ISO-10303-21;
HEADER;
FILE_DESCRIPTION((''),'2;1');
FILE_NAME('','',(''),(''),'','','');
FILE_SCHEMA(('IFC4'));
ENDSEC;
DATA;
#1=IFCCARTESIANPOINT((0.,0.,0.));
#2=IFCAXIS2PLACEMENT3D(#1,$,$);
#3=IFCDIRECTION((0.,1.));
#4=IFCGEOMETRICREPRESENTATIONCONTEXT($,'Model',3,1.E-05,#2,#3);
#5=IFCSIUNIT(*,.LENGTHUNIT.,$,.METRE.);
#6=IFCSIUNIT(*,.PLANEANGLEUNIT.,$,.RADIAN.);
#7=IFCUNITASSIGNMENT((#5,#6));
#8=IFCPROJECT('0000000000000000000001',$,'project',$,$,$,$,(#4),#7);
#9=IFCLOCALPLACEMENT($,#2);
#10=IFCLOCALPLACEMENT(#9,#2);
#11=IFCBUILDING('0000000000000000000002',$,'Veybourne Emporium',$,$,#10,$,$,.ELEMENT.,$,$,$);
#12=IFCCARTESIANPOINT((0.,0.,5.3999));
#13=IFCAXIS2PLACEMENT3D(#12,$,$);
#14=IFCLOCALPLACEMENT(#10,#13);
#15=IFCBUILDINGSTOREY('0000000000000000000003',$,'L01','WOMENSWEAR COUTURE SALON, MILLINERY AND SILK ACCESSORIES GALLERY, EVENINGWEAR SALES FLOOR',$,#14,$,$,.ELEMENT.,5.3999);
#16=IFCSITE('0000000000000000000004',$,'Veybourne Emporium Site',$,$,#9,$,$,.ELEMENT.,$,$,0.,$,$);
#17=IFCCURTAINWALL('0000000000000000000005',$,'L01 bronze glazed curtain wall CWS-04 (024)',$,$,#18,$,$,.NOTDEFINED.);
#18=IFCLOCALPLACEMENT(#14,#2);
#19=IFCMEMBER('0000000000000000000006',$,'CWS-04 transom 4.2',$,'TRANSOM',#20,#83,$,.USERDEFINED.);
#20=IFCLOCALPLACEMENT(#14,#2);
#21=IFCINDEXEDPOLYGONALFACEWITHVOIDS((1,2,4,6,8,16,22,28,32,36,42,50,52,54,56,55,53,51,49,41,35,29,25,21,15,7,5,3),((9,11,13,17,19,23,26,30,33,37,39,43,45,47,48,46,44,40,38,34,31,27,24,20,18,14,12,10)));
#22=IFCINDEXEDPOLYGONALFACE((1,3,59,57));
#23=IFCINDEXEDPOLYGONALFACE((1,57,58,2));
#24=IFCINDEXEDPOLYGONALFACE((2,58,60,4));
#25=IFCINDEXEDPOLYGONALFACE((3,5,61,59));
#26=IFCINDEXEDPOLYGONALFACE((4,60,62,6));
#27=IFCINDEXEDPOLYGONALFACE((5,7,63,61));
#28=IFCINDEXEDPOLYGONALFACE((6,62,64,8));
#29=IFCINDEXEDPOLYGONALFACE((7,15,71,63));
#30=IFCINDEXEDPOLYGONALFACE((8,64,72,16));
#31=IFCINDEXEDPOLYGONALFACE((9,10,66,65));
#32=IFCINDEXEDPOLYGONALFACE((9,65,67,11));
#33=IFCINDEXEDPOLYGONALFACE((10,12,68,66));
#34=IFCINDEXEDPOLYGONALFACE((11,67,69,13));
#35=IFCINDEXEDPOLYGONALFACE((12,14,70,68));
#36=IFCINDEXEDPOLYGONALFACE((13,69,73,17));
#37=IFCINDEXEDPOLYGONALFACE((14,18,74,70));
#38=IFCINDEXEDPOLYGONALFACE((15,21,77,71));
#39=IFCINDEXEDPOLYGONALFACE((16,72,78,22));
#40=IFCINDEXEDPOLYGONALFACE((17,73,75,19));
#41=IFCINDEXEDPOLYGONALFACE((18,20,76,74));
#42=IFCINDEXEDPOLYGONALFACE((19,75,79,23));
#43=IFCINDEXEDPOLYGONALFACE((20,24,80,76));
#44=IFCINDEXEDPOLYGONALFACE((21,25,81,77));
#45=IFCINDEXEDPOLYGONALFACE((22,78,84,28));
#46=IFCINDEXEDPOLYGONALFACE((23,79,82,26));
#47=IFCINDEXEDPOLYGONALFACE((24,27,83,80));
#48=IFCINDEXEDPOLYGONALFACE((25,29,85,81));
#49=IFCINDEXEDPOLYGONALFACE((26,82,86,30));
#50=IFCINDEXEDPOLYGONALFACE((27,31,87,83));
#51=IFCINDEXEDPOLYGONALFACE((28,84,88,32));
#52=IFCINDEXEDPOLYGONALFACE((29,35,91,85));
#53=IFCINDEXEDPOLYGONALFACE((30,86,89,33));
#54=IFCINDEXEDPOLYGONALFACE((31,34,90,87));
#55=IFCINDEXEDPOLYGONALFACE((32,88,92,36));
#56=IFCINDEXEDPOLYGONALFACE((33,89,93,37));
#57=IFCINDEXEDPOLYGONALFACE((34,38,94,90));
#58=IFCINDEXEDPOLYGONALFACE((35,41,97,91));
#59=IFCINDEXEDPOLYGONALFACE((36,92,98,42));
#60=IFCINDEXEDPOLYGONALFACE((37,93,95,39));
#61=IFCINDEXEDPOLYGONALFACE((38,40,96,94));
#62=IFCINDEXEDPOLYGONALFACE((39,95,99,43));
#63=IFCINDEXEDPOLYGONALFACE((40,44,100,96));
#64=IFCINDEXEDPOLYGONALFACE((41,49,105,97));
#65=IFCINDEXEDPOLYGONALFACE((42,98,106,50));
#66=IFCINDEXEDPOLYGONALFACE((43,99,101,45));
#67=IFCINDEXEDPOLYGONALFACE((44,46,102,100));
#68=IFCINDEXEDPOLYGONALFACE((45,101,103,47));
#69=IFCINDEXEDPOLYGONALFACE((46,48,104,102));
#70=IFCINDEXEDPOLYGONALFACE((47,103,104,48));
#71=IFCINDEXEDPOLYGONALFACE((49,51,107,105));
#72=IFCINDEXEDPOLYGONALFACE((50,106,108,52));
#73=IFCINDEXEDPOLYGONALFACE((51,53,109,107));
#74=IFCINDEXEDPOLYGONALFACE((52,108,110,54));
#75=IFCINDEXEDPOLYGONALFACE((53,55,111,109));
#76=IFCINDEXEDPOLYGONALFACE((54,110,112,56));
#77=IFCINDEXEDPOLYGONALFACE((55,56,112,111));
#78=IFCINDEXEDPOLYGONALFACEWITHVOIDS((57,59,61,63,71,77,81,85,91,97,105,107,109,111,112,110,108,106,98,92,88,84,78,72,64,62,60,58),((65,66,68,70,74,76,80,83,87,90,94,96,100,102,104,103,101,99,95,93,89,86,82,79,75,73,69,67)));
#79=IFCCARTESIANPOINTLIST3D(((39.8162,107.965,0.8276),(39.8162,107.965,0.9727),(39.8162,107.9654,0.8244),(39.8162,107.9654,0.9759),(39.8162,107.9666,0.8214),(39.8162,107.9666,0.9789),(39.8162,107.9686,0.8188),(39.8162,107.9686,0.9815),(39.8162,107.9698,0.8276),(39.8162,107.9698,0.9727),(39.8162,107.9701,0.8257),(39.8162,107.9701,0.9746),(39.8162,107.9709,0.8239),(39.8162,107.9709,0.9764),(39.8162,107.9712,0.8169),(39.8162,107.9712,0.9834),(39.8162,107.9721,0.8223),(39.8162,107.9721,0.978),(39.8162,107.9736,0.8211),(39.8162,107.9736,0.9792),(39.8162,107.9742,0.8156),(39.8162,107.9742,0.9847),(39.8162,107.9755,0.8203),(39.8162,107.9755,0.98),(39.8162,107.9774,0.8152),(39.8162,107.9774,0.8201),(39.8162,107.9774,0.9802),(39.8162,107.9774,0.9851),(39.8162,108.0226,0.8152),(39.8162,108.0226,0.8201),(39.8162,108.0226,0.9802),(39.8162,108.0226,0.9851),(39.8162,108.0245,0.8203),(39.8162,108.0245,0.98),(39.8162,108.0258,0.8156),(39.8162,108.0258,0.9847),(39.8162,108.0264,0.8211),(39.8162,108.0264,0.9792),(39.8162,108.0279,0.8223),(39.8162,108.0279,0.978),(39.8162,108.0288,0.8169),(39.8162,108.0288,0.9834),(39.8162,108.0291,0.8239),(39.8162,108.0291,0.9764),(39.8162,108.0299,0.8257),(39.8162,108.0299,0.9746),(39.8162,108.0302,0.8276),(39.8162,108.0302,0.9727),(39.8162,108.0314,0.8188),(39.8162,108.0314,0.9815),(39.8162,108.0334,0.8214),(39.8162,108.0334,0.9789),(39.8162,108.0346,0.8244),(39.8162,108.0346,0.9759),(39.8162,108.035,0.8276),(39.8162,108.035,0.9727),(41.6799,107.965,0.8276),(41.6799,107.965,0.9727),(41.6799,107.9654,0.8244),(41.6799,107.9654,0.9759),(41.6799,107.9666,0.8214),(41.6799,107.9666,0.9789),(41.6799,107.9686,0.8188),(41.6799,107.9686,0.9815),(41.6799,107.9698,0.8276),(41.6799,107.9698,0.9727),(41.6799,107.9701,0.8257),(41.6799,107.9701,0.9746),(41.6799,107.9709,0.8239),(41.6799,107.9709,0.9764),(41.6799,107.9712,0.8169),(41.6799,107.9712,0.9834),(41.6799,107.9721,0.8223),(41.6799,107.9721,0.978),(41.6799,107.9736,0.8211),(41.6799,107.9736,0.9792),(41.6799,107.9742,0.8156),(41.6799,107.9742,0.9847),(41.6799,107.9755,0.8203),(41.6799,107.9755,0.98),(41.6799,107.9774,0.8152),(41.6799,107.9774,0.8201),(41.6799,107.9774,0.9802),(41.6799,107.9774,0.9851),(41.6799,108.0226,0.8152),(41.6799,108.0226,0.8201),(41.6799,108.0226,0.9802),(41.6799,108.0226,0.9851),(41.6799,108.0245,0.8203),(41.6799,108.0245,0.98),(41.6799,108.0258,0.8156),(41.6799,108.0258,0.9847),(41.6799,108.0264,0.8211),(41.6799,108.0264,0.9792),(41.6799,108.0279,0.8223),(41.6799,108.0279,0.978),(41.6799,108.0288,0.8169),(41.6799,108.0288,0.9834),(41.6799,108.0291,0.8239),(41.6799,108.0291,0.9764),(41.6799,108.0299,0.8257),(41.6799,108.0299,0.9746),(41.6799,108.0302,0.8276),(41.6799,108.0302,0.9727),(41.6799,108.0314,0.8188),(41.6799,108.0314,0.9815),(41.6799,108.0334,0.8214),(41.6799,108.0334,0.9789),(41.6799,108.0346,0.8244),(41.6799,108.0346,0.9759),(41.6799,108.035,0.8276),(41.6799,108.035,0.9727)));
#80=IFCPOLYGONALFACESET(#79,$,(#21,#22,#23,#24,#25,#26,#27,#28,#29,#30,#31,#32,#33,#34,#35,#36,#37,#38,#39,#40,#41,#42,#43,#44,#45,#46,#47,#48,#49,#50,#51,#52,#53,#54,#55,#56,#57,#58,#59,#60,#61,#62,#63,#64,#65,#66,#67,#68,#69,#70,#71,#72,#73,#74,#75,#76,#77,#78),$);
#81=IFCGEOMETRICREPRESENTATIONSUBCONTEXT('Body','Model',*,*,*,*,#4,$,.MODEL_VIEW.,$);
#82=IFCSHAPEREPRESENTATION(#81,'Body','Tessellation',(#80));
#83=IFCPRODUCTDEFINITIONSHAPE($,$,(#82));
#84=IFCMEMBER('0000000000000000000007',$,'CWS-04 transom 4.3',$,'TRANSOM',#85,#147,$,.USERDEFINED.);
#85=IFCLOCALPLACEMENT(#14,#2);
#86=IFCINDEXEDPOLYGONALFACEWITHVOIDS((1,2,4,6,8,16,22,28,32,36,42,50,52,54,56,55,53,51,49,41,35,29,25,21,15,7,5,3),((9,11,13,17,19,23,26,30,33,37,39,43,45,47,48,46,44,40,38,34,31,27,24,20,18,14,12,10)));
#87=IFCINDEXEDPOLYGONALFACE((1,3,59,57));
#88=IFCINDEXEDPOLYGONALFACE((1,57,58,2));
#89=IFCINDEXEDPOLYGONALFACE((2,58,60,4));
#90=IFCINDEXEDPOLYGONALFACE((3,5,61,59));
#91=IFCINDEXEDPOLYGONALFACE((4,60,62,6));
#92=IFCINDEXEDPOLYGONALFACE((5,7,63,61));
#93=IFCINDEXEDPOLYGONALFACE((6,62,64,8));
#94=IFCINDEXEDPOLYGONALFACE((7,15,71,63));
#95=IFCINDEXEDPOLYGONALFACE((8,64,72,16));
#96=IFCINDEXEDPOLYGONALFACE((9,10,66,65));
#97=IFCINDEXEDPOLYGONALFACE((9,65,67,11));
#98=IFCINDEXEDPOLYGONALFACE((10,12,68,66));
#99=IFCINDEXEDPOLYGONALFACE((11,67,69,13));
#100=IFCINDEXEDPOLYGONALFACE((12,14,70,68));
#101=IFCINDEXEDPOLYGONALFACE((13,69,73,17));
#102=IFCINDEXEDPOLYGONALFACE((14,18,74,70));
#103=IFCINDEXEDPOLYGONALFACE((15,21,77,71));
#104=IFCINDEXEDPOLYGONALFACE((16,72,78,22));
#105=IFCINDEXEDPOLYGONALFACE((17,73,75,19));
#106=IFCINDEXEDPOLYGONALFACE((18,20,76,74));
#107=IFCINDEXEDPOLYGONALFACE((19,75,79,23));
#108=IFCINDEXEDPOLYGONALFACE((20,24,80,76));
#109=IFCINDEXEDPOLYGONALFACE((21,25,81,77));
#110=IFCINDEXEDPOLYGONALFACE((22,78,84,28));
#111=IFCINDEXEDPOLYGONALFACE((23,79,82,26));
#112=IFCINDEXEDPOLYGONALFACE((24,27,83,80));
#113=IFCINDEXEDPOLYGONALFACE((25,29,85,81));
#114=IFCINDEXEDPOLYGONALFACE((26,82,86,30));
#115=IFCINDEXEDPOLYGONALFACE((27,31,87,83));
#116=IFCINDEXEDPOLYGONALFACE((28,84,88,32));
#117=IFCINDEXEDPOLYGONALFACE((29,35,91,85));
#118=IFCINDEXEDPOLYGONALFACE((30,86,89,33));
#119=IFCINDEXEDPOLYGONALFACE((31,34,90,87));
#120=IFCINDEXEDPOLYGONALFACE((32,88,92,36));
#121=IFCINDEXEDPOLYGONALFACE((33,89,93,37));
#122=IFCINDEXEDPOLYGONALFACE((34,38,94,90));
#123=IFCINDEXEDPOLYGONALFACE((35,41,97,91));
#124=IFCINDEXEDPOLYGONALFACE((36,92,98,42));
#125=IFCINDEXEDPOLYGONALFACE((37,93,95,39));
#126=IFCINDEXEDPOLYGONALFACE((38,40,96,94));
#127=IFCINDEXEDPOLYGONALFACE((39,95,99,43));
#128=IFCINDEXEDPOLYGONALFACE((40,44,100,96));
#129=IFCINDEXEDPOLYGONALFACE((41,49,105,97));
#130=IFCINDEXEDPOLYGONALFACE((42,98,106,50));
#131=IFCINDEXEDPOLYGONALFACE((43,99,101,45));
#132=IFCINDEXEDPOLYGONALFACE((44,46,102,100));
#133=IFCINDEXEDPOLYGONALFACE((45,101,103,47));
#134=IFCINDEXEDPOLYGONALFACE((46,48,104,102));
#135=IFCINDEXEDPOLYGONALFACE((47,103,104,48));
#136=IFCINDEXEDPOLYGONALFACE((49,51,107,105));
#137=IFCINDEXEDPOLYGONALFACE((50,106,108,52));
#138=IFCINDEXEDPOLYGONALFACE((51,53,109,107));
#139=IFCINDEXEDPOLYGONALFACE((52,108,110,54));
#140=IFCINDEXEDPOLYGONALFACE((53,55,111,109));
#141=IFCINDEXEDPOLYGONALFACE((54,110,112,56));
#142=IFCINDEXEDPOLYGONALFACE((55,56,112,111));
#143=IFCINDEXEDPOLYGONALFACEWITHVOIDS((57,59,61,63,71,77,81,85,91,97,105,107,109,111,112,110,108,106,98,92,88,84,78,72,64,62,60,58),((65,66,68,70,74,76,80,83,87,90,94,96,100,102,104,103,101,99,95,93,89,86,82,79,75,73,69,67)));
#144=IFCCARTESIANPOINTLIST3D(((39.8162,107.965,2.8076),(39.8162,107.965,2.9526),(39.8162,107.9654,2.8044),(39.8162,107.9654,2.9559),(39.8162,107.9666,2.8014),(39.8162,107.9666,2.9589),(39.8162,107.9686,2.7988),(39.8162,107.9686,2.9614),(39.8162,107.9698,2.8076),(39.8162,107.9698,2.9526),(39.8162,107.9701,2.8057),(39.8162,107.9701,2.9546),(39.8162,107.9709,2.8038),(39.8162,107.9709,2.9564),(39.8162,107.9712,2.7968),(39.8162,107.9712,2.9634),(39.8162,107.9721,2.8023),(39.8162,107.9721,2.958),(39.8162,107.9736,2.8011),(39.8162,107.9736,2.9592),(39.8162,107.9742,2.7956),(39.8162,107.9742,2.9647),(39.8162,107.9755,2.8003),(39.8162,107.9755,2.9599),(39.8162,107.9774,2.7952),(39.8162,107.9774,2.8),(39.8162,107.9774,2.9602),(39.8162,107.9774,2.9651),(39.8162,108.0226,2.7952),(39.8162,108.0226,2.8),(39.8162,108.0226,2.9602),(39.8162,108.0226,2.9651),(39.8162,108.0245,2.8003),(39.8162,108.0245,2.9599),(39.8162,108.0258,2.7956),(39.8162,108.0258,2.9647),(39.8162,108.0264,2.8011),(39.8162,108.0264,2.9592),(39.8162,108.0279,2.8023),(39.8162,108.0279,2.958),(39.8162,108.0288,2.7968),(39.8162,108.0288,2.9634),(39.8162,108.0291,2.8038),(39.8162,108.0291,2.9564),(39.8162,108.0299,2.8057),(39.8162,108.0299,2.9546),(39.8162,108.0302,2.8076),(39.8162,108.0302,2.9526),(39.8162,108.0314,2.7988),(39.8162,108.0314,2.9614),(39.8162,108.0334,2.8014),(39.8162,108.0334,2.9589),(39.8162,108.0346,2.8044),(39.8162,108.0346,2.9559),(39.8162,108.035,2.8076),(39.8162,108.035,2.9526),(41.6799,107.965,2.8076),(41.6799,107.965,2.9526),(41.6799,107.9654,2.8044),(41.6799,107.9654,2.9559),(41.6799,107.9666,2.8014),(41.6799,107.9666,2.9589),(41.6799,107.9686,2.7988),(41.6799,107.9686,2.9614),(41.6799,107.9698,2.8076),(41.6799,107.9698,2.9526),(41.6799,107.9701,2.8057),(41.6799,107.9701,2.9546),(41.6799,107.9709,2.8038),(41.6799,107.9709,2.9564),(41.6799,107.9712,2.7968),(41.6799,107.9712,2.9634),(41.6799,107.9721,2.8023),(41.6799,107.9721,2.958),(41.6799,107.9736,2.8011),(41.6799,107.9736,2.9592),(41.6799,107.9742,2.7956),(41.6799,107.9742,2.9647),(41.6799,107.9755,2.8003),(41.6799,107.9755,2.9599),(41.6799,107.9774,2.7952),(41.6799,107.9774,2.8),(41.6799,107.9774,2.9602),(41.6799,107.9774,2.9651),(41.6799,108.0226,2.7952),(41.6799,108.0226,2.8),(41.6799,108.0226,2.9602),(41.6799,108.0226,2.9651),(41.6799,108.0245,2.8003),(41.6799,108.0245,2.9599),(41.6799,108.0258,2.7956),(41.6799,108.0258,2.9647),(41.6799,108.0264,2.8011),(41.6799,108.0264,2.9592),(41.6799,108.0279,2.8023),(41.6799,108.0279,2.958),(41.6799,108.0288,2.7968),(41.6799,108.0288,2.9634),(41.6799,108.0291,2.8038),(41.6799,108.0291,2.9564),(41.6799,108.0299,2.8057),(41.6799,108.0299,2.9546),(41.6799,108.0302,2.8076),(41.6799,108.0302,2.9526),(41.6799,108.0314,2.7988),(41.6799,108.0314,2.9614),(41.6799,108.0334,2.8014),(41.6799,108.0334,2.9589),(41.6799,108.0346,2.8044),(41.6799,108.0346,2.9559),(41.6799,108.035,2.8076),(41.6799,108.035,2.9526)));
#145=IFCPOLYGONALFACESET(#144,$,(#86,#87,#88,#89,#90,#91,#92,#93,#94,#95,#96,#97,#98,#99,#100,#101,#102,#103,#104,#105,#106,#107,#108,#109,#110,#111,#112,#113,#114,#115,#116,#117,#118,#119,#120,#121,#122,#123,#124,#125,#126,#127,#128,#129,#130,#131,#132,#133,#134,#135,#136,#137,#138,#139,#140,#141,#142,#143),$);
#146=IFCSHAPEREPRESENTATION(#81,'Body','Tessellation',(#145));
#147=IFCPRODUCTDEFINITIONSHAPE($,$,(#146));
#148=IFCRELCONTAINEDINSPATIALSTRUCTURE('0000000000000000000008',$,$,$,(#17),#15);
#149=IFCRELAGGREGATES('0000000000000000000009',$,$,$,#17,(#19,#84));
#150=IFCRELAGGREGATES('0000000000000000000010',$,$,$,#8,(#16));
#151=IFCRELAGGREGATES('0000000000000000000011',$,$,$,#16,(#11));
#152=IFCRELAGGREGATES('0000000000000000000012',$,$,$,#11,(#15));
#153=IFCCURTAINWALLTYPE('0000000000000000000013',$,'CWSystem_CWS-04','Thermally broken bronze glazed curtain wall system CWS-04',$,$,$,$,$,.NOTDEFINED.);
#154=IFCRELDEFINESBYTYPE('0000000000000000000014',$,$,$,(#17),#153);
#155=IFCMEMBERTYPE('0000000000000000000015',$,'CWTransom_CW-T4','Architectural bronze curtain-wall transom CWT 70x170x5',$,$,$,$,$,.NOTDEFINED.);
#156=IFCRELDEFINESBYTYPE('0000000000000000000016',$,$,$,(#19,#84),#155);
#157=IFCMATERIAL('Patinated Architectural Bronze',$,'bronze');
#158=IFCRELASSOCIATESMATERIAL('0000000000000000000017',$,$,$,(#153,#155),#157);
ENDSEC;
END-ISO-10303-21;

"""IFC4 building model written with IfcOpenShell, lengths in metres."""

from ifc_helpers import new_model, si_unit, direction, frame, origin, origin_2d, place, context, subcontext, project, spatial, hollow_rectangle, extrude, material, material_profile, profile_set, type_object, element, aggregate, save


model = new_model("IFC4")

# Units and contexts
model_context = context("Model", 3, precision=1e-05, world=origin(), true_north=direction((0.0, 1.0)))
body_context = subcontext(model_context, "Body", "Model", "MODEL_VIEW")
ifc_project = project(units=[si_unit("LENGTHUNIT", "METRE"), si_unit("PLANEANGLEUNIT", "RADIAN")], contexts=[model_context])

# Site, building, storey
site_placement = place(None, origin())
site = spatial("IfcSite", under=ifc_project, at=site_placement, Name="Veybourne Emporium Site", CompositionType="ELEMENT", RefElevation=0.0)
building_placement = place(site_placement, origin())
building = spatial("IfcBuilding", under=site, at=building_placement, Name="Veybourne Emporium", CompositionType="ELEMENT")
storey_placement = place(building_placement, frame((0.0, 0.0, 5.3999)))
storey = spatial("IfcBuildingStorey", under=building, at=storey_placement, Name="L01", Description="WOMENSWEAR COUTURE SALON, MILLINERY AND SILK ACCESSORIES GALLERY, EVENINGWEAR SALES FLOOR", CompositionType="ELEMENT", Elevation=5.3999)

# Shared definitions
ifc_material_1 = material(Name="Patinated Architectural Bronze", Category="bronze")

# Curtain wall
curtain_wall_type_1 = type_object("IfcCurtainWallType", Name="CWSystem_CWS-04", Description="Thermally broken bronze glazed curtain wall system CWS-04", PredefinedType="NOTDEFINED", material=ifc_material_1)
curtain_wall_1_placement = place(storey_placement, origin())
curtain_wall_1 = element("IfcCurtainWall", 1, at=curtain_wall_1_placement, inside=storey, type_object=curtain_wall_type_1, Name="L01 bronze glazed curtain wall CWS-04 (024)", PredefinedType="NOTDEFINED")

# Members
ifc_material_profile_1 = material_profile(ifc_material_1, hollow_rectangle(XDim=0.0701, YDim=0.1699, WallThickness=0.0049, InnerFilletRadius=0.0076, OuterFilletRadius=0.0125, at=origin_2d()), Name="CWT 70x170x5")
ifc_profile_set_1 = profile_set([ifc_material_profile_1], Name="Patinated Architectural Bronze")
member_type_1 = type_object("IfcMemberType", Name="CWTransom_CW-T4", Description="Architectural bronze curtain-wall transom CWT 70x170x5", PredefinedType="NOTDEFINED", material=ifc_profile_set_1)
member_1_placement = place(storey_placement, frame((39.8162, 108.0, 0.9001), z_axis=(1.0, 0.0, 0.0), x_axis=(0.0, 1.0, 0.0)))
member_1 = element("IfcMember", 2, at=member_1_placement, type_object=member_type_1, Name="CWS-04 transom 4.2", ObjectType="TRANSOM", PredefinedType="USERDEFINED", context=body_context, shape_type="SweptSolid", body=[
    extrude(hollow_rectangle(XDim=0.0701, YDim=0.1699, WallThickness=0.0049, InnerFilletRadius=0.0076, OuterFilletRadius=0.0125, at=origin_2d()), origin(), (0.0, 0.0, 1.0), 1.8638),
])
member_2_placement = place(storey_placement, frame((39.8162, 108.0, 2.8801), z_axis=(1.0, 0.0, 0.0), x_axis=(0.0, 1.0, 0.0)))
member_2 = element("IfcMember", 3, at=member_2_placement, type_object=member_type_1, Name="CWS-04 transom 4.3", ObjectType="TRANSOM", PredefinedType="USERDEFINED", context=body_context, shape_type="SweptSolid", body=[
    extrude(hollow_rectangle(XDim=0.0701, YDim=0.1699, WallThickness=0.0049, InnerFilletRadius=0.0076, OuterFilletRadius=0.0125, at=origin_2d()), origin(), (0.0, 0.0, 1.0), 1.8638),
])

aggregate(curtain_wall_1, [member_1, member_2])

save(model, "model.ifc")
